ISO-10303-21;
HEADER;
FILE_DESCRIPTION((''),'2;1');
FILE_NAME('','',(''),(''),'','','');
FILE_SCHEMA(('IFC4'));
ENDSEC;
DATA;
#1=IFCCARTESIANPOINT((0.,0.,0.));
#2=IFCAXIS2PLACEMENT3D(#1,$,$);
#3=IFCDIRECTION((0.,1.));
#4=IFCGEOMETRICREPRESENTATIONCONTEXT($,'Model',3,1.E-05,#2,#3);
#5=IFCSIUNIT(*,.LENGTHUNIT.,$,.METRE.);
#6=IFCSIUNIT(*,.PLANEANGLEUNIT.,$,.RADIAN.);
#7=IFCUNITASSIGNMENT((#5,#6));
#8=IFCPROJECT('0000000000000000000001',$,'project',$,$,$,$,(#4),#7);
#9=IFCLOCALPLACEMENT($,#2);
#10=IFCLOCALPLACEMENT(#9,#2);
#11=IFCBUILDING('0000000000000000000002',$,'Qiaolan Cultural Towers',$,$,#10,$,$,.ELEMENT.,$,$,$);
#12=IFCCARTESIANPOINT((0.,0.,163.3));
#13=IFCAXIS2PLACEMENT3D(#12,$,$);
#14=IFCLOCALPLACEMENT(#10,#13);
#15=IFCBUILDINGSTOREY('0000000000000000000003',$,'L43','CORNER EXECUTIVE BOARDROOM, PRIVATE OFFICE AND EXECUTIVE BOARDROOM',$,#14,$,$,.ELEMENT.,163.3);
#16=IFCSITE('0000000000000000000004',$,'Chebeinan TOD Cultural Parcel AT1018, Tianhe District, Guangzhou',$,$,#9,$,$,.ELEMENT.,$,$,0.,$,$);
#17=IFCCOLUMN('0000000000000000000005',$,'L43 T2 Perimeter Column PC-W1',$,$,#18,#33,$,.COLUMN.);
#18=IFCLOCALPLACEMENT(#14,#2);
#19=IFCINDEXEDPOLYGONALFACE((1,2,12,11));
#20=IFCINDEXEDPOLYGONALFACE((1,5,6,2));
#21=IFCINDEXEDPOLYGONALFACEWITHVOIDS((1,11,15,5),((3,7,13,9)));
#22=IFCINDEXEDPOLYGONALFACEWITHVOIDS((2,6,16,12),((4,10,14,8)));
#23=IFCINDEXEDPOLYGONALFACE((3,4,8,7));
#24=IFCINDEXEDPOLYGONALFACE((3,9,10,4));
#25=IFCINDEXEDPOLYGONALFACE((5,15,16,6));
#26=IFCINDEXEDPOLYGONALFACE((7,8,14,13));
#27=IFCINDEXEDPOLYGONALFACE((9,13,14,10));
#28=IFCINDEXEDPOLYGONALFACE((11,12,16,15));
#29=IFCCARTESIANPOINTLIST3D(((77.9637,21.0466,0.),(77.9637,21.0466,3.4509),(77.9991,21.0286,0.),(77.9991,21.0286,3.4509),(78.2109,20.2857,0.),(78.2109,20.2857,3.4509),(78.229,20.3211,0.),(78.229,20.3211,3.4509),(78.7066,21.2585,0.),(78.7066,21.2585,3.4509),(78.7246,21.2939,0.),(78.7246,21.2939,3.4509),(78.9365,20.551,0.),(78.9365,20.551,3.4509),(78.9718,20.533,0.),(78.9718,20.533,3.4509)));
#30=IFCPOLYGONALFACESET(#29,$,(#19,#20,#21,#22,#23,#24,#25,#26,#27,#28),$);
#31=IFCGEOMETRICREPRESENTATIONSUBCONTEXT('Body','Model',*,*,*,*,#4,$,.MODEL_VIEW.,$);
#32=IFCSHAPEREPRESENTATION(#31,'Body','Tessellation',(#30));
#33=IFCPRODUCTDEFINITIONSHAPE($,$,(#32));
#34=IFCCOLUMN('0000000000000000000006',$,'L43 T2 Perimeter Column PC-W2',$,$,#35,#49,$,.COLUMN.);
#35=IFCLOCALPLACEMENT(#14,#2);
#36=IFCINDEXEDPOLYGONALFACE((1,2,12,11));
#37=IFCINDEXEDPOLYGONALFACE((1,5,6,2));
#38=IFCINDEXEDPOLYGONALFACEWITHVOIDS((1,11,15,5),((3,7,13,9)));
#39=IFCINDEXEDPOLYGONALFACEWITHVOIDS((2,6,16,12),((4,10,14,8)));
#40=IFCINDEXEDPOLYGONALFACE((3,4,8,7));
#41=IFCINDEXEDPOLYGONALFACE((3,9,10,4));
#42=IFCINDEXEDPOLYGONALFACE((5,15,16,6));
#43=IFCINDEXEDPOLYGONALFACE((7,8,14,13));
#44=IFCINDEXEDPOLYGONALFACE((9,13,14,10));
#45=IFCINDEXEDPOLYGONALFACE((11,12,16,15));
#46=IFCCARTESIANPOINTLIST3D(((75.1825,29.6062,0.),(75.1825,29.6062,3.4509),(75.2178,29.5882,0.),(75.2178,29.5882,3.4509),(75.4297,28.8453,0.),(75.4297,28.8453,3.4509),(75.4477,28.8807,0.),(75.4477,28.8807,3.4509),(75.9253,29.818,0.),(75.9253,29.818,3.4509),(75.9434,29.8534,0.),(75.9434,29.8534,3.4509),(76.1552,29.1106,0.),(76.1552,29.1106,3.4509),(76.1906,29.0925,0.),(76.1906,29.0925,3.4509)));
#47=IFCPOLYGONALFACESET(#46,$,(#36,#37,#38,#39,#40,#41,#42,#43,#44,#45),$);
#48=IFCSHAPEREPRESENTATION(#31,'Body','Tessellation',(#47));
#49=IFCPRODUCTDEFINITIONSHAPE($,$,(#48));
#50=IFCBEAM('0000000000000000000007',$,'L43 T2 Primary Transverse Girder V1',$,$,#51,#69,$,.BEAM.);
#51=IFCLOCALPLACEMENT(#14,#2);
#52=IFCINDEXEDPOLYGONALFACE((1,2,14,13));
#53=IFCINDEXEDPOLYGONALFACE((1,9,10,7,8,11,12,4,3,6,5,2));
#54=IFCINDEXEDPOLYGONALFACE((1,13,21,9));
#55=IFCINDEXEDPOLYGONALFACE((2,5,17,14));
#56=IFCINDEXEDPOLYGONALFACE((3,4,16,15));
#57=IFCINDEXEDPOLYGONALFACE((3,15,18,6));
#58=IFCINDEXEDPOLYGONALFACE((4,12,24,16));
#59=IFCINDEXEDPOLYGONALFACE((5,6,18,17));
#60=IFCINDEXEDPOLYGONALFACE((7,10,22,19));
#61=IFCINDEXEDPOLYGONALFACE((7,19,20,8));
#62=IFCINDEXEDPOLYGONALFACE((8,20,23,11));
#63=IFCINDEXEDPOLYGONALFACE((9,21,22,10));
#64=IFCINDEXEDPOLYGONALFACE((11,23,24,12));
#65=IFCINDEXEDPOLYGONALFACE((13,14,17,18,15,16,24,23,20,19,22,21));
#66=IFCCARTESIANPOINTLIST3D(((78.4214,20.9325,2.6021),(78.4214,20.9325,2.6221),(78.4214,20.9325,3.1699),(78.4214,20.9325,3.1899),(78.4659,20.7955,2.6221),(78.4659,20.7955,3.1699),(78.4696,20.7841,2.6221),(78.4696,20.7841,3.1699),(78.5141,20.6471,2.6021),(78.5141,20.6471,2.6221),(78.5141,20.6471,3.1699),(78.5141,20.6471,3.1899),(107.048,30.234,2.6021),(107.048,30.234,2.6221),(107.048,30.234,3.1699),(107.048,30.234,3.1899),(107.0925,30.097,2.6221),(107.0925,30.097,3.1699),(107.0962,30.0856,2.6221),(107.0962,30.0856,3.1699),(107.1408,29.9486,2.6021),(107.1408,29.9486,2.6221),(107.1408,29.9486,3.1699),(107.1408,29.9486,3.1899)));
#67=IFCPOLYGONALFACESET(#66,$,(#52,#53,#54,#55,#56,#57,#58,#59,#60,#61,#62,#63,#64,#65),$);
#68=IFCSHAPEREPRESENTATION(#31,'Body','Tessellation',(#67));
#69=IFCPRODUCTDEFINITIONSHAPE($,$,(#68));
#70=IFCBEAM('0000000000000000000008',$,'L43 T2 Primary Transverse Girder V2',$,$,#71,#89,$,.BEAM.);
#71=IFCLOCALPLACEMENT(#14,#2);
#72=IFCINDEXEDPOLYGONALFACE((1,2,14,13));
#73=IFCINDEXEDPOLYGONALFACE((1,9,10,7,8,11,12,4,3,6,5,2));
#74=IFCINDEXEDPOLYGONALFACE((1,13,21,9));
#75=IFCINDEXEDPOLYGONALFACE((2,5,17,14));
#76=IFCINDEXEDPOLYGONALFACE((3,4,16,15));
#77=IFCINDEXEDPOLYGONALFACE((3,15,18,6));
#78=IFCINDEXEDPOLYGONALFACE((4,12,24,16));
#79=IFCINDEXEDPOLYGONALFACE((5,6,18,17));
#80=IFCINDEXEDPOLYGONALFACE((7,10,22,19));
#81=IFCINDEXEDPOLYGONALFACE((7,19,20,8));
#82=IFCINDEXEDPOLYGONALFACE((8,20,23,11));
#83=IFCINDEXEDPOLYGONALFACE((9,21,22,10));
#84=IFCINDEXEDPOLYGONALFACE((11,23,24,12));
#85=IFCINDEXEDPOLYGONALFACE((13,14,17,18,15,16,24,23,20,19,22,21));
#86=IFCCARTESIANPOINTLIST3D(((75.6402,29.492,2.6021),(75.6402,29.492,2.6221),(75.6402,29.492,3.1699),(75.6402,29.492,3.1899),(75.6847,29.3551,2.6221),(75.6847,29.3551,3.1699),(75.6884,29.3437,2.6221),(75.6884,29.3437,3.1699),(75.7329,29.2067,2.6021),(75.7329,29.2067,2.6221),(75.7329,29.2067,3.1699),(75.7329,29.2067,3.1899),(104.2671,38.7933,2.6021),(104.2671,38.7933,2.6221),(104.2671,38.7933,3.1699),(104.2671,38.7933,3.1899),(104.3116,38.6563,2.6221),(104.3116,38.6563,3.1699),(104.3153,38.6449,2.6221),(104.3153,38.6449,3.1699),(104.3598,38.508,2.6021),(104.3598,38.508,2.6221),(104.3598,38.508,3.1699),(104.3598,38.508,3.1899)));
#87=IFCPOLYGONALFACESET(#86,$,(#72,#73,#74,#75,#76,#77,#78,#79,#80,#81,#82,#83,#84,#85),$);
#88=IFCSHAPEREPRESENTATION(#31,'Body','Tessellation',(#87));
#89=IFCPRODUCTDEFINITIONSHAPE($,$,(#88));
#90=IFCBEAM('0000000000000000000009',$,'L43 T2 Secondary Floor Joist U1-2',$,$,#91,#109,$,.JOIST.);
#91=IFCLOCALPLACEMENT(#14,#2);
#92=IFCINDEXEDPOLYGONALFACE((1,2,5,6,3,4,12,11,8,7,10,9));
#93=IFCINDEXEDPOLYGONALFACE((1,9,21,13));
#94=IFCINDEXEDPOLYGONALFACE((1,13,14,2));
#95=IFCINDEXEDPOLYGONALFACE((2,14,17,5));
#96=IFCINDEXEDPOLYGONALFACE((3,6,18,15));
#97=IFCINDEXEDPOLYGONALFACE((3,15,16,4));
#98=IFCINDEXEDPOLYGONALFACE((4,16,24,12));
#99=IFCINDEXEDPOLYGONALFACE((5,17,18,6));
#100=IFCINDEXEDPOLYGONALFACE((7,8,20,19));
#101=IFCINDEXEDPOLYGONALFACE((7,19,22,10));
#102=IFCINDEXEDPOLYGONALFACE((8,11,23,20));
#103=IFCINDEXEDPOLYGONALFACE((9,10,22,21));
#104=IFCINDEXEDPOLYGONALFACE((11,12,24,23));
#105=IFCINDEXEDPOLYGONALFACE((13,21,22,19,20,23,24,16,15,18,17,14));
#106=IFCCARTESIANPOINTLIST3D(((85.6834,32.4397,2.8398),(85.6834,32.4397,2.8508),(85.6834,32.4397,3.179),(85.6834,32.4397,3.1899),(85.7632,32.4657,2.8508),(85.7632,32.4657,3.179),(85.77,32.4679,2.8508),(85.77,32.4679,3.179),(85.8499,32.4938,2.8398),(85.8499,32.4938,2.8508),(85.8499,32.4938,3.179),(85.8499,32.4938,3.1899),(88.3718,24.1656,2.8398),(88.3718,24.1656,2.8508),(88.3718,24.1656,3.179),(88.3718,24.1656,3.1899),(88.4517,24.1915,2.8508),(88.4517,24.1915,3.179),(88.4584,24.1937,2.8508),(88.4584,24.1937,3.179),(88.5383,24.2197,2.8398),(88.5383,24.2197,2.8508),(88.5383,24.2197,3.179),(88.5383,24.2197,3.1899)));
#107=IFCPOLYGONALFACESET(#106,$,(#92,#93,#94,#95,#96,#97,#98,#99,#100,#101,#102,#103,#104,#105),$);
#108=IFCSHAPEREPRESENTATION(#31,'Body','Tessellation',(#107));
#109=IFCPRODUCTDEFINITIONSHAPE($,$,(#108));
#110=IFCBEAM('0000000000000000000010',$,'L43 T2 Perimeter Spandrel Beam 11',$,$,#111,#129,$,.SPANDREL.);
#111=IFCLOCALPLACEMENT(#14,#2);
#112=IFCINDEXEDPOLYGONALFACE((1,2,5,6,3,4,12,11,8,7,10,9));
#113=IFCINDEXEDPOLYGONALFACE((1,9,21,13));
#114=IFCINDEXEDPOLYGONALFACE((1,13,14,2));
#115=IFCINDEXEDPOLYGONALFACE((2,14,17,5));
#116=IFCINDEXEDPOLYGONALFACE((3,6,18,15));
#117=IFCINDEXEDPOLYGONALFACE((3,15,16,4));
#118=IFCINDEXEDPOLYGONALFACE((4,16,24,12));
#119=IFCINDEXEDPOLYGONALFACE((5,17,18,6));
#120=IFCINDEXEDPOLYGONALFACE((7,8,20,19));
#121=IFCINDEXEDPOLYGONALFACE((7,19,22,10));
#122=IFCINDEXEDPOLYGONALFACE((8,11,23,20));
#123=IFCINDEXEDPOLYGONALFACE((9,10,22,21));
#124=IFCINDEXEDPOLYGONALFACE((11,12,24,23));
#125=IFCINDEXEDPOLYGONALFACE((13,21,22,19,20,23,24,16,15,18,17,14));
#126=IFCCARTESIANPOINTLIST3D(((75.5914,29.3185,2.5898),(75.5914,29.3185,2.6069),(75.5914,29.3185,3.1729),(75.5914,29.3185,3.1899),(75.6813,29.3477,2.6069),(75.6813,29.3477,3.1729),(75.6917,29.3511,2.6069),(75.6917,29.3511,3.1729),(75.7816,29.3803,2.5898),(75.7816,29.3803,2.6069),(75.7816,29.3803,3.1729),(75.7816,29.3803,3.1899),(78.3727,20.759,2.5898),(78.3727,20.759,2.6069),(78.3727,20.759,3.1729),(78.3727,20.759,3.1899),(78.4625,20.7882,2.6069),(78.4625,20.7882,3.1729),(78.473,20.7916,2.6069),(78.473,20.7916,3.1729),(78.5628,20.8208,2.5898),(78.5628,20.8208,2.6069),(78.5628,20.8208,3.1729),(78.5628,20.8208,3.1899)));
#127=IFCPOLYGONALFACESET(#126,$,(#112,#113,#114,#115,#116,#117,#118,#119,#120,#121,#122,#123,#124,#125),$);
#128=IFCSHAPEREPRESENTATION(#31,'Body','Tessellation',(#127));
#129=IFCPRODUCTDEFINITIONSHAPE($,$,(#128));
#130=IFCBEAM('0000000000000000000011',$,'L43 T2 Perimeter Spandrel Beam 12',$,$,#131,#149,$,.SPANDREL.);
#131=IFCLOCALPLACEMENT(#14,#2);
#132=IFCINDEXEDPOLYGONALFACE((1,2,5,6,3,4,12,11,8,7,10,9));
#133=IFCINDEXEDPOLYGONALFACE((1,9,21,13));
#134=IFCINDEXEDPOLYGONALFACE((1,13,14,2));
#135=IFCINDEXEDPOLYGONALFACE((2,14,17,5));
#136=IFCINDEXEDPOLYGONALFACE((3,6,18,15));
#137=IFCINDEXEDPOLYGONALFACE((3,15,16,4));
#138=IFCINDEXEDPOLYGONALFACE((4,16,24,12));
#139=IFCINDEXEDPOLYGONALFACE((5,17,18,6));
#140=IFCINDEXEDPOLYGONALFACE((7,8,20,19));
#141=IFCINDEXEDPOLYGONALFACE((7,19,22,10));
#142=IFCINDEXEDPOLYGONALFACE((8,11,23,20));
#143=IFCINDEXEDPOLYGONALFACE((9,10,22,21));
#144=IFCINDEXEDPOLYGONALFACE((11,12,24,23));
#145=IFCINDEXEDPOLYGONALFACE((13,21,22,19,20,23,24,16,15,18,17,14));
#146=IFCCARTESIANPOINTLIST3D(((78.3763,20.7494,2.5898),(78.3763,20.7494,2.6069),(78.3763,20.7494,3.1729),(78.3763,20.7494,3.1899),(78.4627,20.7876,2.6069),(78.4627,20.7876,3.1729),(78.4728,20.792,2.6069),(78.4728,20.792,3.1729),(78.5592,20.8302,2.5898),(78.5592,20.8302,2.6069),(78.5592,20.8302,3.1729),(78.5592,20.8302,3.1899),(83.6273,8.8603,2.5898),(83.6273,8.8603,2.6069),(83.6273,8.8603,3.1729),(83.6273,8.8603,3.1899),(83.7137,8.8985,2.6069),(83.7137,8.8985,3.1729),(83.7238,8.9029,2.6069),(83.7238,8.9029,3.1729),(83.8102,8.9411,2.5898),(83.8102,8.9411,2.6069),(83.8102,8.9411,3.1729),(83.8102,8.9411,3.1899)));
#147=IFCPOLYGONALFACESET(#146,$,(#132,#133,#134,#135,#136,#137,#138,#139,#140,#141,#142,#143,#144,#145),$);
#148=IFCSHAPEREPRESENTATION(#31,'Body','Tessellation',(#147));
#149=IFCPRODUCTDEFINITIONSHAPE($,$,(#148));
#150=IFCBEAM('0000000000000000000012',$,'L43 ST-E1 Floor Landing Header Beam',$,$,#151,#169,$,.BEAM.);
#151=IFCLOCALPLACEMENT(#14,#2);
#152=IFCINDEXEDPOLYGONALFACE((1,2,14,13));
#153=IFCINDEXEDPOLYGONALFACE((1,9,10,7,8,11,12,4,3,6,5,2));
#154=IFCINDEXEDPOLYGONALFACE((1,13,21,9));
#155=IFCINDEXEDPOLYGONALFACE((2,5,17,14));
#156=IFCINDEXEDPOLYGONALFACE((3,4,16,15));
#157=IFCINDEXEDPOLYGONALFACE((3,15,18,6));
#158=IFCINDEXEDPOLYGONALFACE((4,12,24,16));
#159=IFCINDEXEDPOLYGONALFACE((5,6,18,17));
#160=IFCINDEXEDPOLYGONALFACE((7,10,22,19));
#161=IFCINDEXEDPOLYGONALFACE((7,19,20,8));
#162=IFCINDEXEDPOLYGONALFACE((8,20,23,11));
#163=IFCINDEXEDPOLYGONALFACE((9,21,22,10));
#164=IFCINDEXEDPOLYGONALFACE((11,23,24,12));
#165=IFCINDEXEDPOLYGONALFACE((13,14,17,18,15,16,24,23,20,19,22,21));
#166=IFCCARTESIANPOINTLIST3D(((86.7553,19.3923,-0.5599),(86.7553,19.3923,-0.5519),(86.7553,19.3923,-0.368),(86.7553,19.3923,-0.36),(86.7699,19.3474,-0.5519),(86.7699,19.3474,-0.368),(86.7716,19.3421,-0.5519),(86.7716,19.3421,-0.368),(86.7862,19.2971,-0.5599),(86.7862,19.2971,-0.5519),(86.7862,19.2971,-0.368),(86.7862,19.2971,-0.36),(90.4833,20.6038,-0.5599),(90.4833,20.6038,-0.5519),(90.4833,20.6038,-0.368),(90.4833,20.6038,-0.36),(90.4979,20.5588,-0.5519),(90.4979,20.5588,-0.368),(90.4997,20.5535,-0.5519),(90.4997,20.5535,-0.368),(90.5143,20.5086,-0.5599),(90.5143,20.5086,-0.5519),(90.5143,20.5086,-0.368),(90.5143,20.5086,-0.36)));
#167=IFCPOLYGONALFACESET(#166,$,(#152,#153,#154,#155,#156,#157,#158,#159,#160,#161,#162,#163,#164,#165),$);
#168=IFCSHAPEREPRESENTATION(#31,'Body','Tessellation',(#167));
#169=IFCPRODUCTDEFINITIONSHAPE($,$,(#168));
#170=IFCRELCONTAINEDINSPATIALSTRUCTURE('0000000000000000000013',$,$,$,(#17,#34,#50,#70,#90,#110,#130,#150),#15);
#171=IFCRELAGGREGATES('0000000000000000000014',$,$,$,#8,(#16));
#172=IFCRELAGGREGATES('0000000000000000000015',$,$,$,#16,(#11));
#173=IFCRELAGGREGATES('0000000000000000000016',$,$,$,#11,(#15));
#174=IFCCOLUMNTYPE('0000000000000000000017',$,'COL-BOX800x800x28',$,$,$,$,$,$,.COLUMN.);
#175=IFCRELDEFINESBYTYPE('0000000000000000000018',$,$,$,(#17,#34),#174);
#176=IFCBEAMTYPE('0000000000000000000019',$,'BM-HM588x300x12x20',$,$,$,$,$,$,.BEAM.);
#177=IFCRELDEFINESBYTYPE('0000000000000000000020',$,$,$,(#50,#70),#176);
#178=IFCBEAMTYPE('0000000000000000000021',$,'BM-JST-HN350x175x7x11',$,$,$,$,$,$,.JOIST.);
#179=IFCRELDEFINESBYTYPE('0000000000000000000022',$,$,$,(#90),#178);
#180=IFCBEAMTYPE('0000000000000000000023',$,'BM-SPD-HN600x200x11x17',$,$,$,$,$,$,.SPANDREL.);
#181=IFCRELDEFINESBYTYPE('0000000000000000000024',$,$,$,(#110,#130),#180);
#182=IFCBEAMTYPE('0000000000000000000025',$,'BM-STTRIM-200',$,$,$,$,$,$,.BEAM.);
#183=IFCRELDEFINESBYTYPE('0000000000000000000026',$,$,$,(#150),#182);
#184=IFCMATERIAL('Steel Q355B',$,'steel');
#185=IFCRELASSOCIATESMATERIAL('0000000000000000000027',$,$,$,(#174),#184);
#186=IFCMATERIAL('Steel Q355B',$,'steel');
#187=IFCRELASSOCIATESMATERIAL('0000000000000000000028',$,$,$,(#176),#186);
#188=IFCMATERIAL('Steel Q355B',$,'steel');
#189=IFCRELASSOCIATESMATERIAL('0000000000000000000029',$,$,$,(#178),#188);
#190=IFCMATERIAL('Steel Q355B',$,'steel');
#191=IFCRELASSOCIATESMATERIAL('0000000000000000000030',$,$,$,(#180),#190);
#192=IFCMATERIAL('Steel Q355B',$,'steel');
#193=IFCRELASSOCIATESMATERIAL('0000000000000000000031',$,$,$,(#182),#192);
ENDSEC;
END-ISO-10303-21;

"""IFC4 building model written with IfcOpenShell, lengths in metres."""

from ifc_helpers import new_model, si_unit, direction, frame, origin, origin_2d, place, context, subcontext, project, spatial, hollow_rectangle, i_section, extrude, material, material_profile, profile_set, type_object, element, save


model = new_model("IFC4")

# Units and contexts
model_context = context("Model", 3, precision=1e-05, world=origin(), true_north=direction((0.0, 1.0)))
body_context = subcontext(model_context, "Body", "Model", "MODEL_VIEW")
ifc_project = project(units=[si_unit("LENGTHUNIT", "METRE"), si_unit("PLANEANGLEUNIT", "RADIAN")], contexts=[model_context])

# Site, building, storey
site_placement = place(None, origin())
site = spatial("IfcSite", under=ifc_project, at=site_placement, Name="Chebeinan TOD Cultural Parcel AT1018, Tianhe District, Guangzhou", CompositionType="ELEMENT", RefElevation=0.0)
building_placement = place(site_placement, origin())
building = spatial("IfcBuilding", under=site, at=building_placement, Name="Qiaolan Cultural Towers", CompositionType="ELEMENT")
storey_placement = place(building_placement, frame((0.0, 0.0, 163.3)))
storey = spatial("IfcBuildingStorey", under=building, at=storey_placement, Name="L43", Description="CORNER EXECUTIVE BOARDROOM, PRIVATE OFFICE AND EXECUTIVE BOARDROOM", CompositionType="ELEMENT", Elevation=163.3)

# Columns
ifc_material_1 = material(Name="Steel Q355B", Category="steel")
ifc_material_profile_1 = material_profile(ifc_material_1, hollow_rectangle(XDim=0.8, YDim=0.8, WallThickness=0.0281, at=origin_2d()), Name="BOX800x800x28")
ifc_profile_set_1 = profile_set([ifc_material_profile_1], Name="Steel Q355B")
column_type = type_object("IfcColumnType", Name="COL-BOX800x800x28", PredefinedType="COLUMN", material=ifc_profile_set_1)
for number, where, z_axis, x_axis, name in (
    (1, (78.4678, 20.7898, 0.0), (0.0, 0.0, 1.0), (0.951057, 0.309017, 0.0), "L43 T2 Perimeter Column PC-W1"),
    (2, (75.6865, 29.3494, 0.0), (0.0, 0.0, 1.0), (0.951057, 0.309017, 0.0), "L43 T2 Perimeter Column PC-W2"),
):
    element("IfcColumn", number, at=place(storey_placement, frame(where, z_axis=z_axis, x_axis=x_axis)), inside=storey, type_object=column_type, Name=name, PredefinedType="COLUMN", context=body_context, shape_type="SweptSolid", body=[
        extrude(hollow_rectangle(XDim=0.8, YDim=0.8, WallThickness=0.0281, at=origin_2d()), origin(), (0.0, 0.0, 1.0), 3.4509),
    ])

# Beams
ifc_material_2 = material(Name="Steel Q355B", Category="steel")
ifc_material_profile_2 = material_profile(ifc_material_2, i_section(OverallWidth=0.3, OverallDepth=0.5879, WebThickness=0.012, FlangeThickness=0.02, at=origin_2d()), Name="HM588x300x12x20")
ifc_profile_set_2 = profile_set([ifc_material_profile_2], Name="Steel Q355B")
beam_type_1 = type_object("IfcBeamType", Name="BM-HM588x300x12x20", PredefinedType="BEAM", material=ifc_profile_set_2)
beam_1_placement = place(storey_placement, frame((78.4678, 20.7898, 2.896), z_axis=(0.951055, 0.309021, 0.0), x_axis=(-0.309021, 0.951055, 0.0)))
element("IfcBeam", 3, at=beam_1_placement, inside=storey, type_object=beam_type_1, Name="L43 T2 Primary Transverse Girder V1", PredefinedType="BEAM", context=body_context, shape_type="SweptSolid", body=[
    extrude(i_section(OverallWidth=0.3, OverallDepth=0.5879, WebThickness=0.012, FlangeThickness=0.02, at=origin_2d()), origin(), (0.0, 0.0, 1.0), 30.0999),
])
beam_2_placement = place(storey_placement, frame((75.6865, 29.3494, 2.896), z_axis=(0.951058, 0.309011, 0.0), x_axis=(-0.309011, 0.951058, 0.0)))
element("IfcBeam", 4, at=beam_2_placement, inside=storey, type_object=beam_type_1, Name="L43 T2 Primary Transverse Girder V2", PredefinedType="BEAM", context=body_context, shape_type="SweptSolid", body=[
    extrude(i_section(OverallWidth=0.3, OverallDepth=0.5879, WebThickness=0.012, FlangeThickness=0.02, at=origin_2d()), origin(), (0.0, 0.0, 1.0), 30.1001),
])
ifc_material_3 = material(Name="Steel Q355B", Category="steel")
ifc_material_profile_3 = material_profile(ifc_material_3, i_section(OverallWidth=0.175, OverallDepth=0.3501, WebThickness=0.0071, FlangeThickness=0.011, at=origin_2d()), Name="HN350x175x7x11")
ifc_profile_set_3 = profile_set([ifc_material_profile_3], Name="Steel Q355B")
beam_type_2 = type_object("IfcBeamType", Name="BM-JST-HN350x175x7x11", PredefinedType="JOIST", material=ifc_profile_set_3)
beam_3_placement = place(storey_placement, frame((88.4551, 24.1926, 3.0149), z_axis=(-0.309021, 0.951055, 0.0), x_axis=(-0.951055, -0.309021, 0.0)))
element("IfcBeam", 5, at=beam_3_placement, inside=storey, type_object=beam_type_2, Name="L43 T2 Secondary Floor Joist U1-2", PredefinedType="JOIST", context=body_context, shape_type="SweptSolid", body=[
    extrude(i_section(OverallWidth=0.175, OverallDepth=0.3501, WebThickness=0.0071, FlangeThickness=0.011, at=origin_2d()), origin(), (0.0, 0.0, 1.0), 8.7),
])
ifc_material_4 = material(Name="Steel Q355B", Category="steel")
ifc_material_profile_4 = material_profile(ifc_material_4, i_section(OverallWidth=0.2, OverallDepth=0.6001, WebThickness=0.011, FlangeThickness=0.0171, at=origin_2d()), Name="HN600x200x11x17")
ifc_profile_set_4 = profile_set([ifc_material_profile_4], Name="Steel Q355B")
beam_type_3 = type_object("IfcBeamType", Name="BM-SPD-HN600x200x11x17", PredefinedType="SPANDREL", material=ifc_profile_set_4)
beam_4_placement = place(storey_placement, frame((75.6865, 29.3494, 2.8899), z_axis=(0.309025, -0.951054, 0.0), x_axis=(0.951054, 0.309025, 0.0)))
element("IfcBeam", 6, at=beam_4_placement, inside=storey, type_object=beam_type_3, Name="L43 T2 Perimeter Spandrel Beam 11", PredefinedType="SPANDREL", context=body_context, shape_type="SweptSolid", body=[
    extrude(i_section(OverallWidth=0.2, OverallDepth=0.6001, WebThickness=0.011, FlangeThickness=0.0171, at=origin_2d()), origin(), (0.0, 0.0, 1.0), 9.0),
])
beam_5_placement = place(storey_placement, frame((78.4678, 20.7898, 2.8899), z_axis=(0.404011, -0.914754, 0.0), x_axis=(0.914754, 0.404011, 0.0)))
element("IfcBeam", 7, at=beam_5_placement, inside=storey, type_object=beam_type_3, Name="L43 T2 Perimeter Spandrel Beam 12", PredefinedType="SPANDREL", context=body_context, shape_type="SweptSolid", body=[
    extrude(i_section(OverallWidth=0.2, OverallDepth=0.6001, WebThickness=0.011, FlangeThickness=0.0171, at=origin_2d()), origin(), (0.0, 0.0, 1.0), 12.9971),
])
ifc_material_5 = material(Name="Steel Q355B", Category="steel")
ifc_material_profile_5 = material_profile(ifc_material_5, i_section(OverallWidth=0.1001, OverallDepth=0.2, WebThickness=0.0056, FlangeThickness=0.0081, at=origin_2d()), Name="HN200x100x5.5x8")
ifc_profile_set_5 = profile_set([ifc_material_profile_5], Name="Steel Q355B")
beam_type_4 = type_object("IfcBeamType", Name="BM-STTRIM-200", PredefinedType="BEAM", material=ifc_profile_set_5)
beam_6_placement = place(storey_placement, frame((86.7708, 19.3447, -0.46), z_axis=(0.951048, 0.309044, 0.0), x_axis=(-0.309044, 0.951048, 0.0)))
element("IfcBeam", 8, at=beam_6_placement, inside=storey, type_object=beam_type_4, Name="L43 ST-E1 Floor Landing Header Beam", PredefinedType="BEAM", context=body_context, shape_type="SweptSolid", body=[
    extrude(i_section(OverallWidth=0.1001, OverallDepth=0.2, WebThickness=0.0056, FlangeThickness=0.0081, at=origin_2d()), origin(), (0.0, 0.0, 1.0), 3.9199),
])

save(model, "model.ifc")
